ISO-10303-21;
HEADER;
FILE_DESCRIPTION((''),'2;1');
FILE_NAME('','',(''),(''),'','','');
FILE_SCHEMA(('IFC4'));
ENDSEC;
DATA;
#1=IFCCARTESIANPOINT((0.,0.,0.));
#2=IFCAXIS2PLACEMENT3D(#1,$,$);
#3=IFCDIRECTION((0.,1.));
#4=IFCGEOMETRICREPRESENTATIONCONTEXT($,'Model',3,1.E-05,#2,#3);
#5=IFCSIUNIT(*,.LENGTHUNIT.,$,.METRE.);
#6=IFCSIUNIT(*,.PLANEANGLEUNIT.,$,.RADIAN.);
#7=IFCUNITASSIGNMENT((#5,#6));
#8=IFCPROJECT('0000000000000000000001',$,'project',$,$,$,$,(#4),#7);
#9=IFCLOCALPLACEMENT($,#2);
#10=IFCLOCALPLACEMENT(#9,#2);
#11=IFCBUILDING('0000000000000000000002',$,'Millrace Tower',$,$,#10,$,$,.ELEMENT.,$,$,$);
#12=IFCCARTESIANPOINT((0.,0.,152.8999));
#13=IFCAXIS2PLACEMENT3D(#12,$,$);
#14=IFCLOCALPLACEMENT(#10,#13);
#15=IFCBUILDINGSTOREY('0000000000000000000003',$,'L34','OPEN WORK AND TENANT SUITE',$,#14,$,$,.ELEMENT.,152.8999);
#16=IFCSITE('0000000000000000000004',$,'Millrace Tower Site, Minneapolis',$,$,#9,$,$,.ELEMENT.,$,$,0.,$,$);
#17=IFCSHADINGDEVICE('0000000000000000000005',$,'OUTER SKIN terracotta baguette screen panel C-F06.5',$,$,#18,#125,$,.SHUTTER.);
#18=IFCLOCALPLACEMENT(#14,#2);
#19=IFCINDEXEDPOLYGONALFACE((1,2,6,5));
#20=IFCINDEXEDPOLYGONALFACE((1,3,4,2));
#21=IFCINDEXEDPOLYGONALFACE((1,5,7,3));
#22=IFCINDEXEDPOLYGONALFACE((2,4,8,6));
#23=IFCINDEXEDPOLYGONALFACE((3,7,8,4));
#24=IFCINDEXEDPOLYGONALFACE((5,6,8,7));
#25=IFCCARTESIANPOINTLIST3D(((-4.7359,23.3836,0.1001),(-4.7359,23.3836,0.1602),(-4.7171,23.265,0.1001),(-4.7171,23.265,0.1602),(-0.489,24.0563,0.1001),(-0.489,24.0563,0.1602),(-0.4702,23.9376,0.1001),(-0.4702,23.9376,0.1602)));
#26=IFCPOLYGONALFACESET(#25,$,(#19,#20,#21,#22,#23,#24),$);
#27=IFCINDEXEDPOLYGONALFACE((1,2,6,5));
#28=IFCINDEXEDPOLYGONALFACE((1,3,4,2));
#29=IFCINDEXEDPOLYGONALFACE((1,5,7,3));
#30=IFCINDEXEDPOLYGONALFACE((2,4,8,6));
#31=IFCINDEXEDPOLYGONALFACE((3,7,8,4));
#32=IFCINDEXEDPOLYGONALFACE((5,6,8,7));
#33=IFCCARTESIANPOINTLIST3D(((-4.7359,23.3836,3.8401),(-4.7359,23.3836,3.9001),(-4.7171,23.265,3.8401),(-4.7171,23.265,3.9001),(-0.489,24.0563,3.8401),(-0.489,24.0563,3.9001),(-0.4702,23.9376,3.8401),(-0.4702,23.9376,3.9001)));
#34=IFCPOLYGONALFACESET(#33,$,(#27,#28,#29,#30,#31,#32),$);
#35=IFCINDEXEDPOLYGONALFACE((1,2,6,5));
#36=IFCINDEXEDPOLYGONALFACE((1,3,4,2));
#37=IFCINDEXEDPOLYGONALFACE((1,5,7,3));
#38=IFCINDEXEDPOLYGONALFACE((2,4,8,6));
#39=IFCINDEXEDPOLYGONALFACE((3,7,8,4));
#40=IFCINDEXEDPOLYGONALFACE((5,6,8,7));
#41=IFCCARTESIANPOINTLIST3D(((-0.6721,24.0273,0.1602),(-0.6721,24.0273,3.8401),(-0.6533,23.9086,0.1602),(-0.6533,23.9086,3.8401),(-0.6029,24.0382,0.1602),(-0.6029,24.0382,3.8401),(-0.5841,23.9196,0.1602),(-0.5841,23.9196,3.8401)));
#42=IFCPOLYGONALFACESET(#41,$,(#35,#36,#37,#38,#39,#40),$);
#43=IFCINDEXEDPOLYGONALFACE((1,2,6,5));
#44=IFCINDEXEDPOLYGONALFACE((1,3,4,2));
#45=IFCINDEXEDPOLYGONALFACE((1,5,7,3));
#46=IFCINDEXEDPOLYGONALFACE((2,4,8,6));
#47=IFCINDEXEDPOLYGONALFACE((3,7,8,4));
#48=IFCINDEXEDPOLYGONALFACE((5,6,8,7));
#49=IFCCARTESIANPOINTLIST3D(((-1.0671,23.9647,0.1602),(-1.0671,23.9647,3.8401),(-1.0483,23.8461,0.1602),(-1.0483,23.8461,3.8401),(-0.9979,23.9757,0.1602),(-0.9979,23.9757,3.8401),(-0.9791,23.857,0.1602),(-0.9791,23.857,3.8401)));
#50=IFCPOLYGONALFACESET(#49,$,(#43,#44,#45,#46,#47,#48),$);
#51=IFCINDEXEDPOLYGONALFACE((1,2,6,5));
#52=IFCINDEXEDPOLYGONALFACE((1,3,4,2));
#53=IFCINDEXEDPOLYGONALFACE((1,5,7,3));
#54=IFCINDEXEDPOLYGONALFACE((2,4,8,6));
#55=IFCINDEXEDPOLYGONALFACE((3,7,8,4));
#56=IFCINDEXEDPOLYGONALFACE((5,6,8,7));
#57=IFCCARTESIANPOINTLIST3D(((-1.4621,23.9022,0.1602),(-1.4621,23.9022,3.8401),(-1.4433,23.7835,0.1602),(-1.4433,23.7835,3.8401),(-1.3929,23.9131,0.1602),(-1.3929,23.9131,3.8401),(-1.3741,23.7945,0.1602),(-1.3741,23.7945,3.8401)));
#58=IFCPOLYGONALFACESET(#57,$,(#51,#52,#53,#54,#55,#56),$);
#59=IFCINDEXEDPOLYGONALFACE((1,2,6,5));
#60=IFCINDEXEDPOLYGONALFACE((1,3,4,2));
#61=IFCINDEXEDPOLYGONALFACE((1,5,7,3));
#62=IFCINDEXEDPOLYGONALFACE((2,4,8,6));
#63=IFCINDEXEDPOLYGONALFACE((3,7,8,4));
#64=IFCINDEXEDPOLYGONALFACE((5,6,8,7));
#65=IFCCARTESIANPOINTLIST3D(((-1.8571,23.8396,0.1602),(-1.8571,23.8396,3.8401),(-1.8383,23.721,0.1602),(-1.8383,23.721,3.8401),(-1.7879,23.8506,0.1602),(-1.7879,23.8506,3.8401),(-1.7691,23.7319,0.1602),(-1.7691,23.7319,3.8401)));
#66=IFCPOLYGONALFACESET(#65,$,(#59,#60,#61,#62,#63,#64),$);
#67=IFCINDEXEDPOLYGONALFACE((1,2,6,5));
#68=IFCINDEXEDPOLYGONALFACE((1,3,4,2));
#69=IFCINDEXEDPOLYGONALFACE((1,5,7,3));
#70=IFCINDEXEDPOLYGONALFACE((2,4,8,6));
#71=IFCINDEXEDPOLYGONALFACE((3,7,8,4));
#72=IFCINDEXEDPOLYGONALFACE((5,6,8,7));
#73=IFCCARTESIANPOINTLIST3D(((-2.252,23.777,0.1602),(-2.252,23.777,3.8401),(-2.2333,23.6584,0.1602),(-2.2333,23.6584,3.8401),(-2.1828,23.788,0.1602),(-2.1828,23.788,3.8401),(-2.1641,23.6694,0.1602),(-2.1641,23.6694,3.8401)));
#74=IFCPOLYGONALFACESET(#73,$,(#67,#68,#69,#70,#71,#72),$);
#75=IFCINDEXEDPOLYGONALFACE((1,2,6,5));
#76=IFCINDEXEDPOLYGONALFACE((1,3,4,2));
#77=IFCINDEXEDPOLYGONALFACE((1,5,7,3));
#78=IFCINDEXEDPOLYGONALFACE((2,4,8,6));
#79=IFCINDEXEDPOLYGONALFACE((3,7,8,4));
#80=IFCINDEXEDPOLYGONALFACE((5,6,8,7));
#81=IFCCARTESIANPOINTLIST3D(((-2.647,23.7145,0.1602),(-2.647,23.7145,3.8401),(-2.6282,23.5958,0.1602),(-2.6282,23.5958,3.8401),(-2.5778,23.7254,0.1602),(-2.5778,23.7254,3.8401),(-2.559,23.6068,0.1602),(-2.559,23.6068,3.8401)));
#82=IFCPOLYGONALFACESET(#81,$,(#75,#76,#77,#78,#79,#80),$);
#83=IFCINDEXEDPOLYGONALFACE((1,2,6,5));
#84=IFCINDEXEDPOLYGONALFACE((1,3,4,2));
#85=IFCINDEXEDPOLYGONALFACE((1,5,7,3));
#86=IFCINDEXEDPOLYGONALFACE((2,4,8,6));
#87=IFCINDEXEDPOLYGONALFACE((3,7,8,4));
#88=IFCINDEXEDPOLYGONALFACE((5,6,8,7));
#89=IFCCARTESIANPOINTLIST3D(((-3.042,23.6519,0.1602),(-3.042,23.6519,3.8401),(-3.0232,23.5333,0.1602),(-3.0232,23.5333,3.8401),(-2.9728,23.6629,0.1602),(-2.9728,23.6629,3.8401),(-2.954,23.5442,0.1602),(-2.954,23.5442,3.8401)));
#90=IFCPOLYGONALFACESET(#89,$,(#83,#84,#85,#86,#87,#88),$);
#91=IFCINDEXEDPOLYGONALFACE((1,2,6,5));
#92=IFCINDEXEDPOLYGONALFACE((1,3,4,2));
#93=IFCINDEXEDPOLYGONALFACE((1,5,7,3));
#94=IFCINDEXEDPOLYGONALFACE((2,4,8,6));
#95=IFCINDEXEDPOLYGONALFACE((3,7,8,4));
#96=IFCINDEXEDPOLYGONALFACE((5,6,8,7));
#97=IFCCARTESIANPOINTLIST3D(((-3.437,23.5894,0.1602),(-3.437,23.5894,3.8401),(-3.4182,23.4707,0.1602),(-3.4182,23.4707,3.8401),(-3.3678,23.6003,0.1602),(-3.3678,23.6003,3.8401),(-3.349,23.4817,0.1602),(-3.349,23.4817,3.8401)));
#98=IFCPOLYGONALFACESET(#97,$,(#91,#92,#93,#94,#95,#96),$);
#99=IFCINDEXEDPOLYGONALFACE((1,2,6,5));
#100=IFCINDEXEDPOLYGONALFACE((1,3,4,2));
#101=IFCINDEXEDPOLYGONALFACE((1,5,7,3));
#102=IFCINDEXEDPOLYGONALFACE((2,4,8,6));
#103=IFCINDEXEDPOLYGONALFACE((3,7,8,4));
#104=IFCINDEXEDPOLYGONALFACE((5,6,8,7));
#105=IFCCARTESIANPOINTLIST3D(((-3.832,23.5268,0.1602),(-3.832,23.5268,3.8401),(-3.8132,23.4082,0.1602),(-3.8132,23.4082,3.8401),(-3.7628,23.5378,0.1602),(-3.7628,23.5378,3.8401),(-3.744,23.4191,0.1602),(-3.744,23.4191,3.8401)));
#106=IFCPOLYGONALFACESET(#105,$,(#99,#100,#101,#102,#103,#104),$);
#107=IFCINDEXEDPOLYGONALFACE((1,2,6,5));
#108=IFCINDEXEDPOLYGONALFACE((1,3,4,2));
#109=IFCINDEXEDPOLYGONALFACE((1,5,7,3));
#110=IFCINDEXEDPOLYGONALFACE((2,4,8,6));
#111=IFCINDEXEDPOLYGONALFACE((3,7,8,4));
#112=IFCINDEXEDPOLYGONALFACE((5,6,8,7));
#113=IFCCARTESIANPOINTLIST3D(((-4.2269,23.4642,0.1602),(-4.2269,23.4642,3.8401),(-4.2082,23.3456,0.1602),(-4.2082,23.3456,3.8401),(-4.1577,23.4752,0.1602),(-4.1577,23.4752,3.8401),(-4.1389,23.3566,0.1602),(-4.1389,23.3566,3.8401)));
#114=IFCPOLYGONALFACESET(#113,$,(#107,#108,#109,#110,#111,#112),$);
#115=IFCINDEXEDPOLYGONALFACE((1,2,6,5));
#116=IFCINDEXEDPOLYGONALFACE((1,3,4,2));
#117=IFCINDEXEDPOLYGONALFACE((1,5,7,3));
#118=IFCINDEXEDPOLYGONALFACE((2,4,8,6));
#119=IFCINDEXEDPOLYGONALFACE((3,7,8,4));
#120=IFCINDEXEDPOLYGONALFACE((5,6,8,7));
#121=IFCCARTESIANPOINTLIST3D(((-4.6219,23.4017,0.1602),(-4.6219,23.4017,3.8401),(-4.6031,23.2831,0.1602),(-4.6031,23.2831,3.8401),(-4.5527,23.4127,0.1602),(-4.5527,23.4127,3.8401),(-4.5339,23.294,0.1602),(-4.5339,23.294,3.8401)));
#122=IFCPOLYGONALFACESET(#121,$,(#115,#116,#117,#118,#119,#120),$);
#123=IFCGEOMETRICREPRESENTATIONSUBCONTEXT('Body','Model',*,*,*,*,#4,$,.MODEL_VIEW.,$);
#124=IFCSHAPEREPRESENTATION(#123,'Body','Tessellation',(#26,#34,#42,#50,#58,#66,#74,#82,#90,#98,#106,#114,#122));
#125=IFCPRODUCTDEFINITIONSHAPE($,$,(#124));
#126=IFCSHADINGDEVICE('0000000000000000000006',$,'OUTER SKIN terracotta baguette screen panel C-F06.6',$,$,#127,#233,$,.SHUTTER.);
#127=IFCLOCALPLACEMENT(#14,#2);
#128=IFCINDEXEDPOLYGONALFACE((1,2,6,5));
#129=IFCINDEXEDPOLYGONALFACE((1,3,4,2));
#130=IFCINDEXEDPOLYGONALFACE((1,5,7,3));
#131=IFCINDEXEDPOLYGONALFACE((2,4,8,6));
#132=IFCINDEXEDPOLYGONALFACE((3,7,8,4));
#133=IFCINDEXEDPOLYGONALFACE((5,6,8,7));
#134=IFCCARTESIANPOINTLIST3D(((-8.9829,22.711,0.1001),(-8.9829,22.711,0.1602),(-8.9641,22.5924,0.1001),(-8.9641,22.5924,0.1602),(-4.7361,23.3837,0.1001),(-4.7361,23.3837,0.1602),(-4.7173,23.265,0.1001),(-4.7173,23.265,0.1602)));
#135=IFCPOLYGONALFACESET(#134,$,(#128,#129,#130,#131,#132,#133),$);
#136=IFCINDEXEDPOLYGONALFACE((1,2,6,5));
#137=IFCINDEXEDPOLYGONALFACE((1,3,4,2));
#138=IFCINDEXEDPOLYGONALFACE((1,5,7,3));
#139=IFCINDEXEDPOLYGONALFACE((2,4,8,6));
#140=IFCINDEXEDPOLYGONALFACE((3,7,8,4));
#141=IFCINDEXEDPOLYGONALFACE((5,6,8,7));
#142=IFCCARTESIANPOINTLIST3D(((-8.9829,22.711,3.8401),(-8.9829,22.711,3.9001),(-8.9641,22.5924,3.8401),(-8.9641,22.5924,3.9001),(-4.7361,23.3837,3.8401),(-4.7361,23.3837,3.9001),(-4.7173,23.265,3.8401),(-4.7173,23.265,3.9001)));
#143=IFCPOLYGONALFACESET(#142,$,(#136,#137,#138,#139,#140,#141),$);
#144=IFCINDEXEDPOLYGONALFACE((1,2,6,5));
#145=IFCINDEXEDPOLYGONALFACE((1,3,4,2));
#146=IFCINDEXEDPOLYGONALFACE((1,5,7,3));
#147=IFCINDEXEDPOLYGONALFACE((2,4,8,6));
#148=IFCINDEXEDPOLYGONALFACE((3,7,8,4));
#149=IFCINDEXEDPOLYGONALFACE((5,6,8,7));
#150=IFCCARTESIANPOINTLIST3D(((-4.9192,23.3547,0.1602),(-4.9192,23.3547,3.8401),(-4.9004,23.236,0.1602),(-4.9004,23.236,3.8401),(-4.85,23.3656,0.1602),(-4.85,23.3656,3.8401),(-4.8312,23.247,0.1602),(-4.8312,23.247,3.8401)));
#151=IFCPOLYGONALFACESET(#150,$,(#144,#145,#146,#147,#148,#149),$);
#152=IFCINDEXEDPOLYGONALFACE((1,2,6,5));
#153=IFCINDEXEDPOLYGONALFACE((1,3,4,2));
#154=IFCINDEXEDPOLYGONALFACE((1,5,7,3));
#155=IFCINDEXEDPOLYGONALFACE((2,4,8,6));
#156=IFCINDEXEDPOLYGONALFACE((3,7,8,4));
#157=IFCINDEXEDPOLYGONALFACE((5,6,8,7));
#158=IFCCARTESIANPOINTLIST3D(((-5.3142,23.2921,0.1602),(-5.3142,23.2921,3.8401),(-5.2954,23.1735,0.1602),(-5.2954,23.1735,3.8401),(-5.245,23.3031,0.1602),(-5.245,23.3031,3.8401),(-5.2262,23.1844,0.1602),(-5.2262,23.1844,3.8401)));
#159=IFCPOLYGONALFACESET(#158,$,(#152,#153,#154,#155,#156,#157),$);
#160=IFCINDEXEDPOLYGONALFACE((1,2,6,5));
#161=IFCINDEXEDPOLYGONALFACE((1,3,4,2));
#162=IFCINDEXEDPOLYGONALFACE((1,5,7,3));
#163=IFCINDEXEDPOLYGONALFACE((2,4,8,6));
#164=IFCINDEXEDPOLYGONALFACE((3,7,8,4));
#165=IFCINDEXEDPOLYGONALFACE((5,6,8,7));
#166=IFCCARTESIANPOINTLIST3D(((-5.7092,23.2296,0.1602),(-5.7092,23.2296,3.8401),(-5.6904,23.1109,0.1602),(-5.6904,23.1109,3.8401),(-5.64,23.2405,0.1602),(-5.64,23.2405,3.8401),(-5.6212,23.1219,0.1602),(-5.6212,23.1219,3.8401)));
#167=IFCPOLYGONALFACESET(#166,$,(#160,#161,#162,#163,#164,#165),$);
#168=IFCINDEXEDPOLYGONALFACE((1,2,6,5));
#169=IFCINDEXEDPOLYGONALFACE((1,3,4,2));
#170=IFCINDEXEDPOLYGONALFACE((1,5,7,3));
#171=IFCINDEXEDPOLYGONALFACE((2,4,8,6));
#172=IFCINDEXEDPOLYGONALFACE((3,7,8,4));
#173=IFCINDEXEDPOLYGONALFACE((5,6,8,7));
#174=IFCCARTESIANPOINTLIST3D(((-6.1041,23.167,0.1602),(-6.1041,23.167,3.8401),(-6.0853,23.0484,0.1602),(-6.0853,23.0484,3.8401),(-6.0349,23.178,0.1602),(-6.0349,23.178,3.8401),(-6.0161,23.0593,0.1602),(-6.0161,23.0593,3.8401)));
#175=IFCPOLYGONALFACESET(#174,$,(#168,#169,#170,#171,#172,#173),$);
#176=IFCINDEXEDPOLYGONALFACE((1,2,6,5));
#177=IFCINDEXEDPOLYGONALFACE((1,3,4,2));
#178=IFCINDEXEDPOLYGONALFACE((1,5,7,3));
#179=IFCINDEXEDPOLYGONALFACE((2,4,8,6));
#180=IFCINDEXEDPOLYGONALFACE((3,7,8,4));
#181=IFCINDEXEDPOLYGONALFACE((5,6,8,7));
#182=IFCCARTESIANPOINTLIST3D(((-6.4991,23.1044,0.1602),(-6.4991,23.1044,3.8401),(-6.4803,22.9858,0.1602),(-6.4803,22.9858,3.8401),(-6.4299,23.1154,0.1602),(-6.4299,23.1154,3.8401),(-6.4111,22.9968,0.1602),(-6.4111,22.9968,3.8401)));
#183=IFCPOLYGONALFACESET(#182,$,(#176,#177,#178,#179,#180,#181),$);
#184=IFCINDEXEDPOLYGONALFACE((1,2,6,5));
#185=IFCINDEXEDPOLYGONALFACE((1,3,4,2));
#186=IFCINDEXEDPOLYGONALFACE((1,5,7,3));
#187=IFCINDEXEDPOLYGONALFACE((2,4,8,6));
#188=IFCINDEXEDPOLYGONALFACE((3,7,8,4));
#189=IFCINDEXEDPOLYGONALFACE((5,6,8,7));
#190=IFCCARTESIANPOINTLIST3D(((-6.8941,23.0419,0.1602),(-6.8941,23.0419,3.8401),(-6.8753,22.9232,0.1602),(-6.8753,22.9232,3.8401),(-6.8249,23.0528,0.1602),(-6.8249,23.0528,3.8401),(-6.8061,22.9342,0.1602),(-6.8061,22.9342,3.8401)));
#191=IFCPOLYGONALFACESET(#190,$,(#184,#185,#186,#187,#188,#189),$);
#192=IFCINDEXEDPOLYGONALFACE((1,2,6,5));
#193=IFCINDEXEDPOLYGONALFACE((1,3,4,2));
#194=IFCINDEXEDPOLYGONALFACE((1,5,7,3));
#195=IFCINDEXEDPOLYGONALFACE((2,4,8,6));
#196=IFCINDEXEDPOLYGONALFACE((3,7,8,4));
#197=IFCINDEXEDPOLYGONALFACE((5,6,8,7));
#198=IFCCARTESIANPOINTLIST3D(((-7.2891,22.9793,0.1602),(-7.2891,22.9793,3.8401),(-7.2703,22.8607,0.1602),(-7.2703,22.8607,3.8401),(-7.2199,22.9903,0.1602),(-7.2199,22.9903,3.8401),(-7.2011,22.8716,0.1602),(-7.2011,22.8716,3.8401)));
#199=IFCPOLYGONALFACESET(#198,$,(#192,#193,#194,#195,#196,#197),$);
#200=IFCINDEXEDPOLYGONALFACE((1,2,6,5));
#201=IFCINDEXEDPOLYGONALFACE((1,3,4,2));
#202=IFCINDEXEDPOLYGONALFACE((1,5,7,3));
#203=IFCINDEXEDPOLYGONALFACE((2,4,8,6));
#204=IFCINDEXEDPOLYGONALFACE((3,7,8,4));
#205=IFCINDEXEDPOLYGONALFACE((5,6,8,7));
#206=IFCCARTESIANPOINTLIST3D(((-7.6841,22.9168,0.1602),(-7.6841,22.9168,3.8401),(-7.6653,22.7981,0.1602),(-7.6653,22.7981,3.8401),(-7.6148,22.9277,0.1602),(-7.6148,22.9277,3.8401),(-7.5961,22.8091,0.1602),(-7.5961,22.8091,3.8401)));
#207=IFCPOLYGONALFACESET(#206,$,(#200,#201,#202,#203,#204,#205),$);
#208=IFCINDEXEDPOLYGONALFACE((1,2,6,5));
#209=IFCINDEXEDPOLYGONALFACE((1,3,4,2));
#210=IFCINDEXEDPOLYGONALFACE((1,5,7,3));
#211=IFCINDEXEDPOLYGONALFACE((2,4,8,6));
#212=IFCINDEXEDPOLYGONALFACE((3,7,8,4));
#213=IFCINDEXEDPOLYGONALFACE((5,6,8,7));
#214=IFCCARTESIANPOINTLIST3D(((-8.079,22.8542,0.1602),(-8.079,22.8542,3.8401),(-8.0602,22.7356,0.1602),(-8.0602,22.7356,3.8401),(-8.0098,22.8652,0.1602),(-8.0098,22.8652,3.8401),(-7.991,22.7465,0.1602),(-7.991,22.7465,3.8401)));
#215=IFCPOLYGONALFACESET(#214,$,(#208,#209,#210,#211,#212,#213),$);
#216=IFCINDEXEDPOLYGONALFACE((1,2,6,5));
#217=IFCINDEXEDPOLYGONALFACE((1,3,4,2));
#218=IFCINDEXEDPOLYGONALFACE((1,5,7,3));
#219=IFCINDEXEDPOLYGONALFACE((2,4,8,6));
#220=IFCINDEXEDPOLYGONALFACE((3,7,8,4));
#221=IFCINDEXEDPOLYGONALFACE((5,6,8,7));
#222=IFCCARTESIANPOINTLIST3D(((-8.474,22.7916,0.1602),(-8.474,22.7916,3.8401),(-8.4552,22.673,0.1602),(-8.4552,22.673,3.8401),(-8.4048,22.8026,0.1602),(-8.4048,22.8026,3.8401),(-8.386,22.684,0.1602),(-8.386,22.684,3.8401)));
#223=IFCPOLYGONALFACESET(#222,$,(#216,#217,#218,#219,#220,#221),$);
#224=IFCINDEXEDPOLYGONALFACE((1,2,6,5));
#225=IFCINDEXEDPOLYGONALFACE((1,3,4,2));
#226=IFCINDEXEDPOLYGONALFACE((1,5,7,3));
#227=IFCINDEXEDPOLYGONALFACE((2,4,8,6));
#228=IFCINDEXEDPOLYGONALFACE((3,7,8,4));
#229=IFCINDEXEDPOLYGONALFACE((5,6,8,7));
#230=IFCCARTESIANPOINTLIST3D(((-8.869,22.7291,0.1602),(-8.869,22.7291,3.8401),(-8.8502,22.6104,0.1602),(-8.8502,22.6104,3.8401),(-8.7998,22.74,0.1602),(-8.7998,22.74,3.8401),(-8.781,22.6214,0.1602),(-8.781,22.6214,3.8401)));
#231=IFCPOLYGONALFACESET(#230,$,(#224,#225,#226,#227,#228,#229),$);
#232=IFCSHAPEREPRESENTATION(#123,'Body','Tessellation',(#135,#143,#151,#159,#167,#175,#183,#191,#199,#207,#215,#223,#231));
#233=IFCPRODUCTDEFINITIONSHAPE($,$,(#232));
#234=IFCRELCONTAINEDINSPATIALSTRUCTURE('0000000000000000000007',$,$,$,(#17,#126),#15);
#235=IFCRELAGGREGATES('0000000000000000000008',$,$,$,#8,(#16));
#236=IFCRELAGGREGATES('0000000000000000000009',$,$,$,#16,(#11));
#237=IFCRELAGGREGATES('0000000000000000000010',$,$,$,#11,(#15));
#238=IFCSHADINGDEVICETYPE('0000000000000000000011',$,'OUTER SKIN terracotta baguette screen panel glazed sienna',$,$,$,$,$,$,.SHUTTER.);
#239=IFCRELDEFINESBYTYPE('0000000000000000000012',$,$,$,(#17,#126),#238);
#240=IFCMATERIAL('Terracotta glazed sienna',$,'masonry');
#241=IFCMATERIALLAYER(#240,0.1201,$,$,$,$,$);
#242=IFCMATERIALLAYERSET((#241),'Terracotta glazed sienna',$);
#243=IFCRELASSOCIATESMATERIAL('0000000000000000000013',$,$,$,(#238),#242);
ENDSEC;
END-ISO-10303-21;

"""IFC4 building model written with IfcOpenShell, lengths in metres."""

from ifc_helpers import new_model, entity, si_unit, direction, frame, frame_2d, origin, origin_2d, place, context, subcontext, project, spatial, rectangle, extrude, source, transform, mapped, material, layer, layer_set, type_object, element, save


model = new_model("IFC4")

# Units and contexts
model_context = context("Model", 3, precision=1e-05, world=origin(), true_north=direction((0.0, 1.0)))
body_context = subcontext(model_context, "Body", "Model", "MODEL_VIEW")
ifc_project = project(units=[si_unit("LENGTHUNIT", "METRE"), si_unit("PLANEANGLEUNIT", "RADIAN")], contexts=[model_context])

# Site, building, storey
site_placement = place(None, origin())
site = spatial("IfcSite", under=ifc_project, at=site_placement, Name="Millrace Tower Site, Minneapolis", CompositionType="ELEMENT", RefElevation=0.0)
building_placement = place(site_placement, origin())
building = spatial("IfcBuilding", under=site, at=building_placement, Name="Millrace Tower", CompositionType="ELEMENT")
storey_placement = place(building_placement, frame((0.0, 0.0, 152.8999)))
storey = spatial("IfcBuildingStorey", under=building, at=storey_placement, Name="L34", Description="OPEN WORK AND TENANT SUITE", CompositionType="ELEMENT", Elevation=152.8999)

# Shading devices
ifc_material_1 = material(Name="Terracotta glazed sienna", Category="masonry")
ifc_layer_1 = layer(ifc_material_1, 0.1201)
ifc_layer_set_1 = layer_set([ifc_layer_1], Name="Terracotta glazed sienna")
shading_device_type = type_object("IfcShadingDeviceType", Name="OUTER SKIN terracotta baguette screen panel glazed sienna", PredefinedType="SHUTTER", material=ifc_layer_set_1)
cartesian_point = entity("IfcCartesianPoint", [-2.1499, 0.0601])
shared_polyline = entity("IfcPolyline", [cartesian_point, entity("IfcCartesianPoint", [2.1499, 0.0601]), entity("IfcCartesianPoint", [2.1499, -0.0601]), entity("IfcCartesianPoint", [-2.1499, -0.0601]), cartesian_point])
shared_shape = source(origin(), body_context, "Body", "SweptSolid", [
    entity("IfcExtrudedAreaSolid", entity("IfcArbitraryClosedProfileDef", "AREA", None, shared_polyline), entity("IfcAxis2Placement3D", entity("IfcCartesianPoint", [0.0, 0.0, 0.0])), entity("IfcDirection", [0.0, 0.0, 1.0]), 0.0601),
    entity("IfcExtrudedAreaSolid", entity("IfcArbitraryClosedProfileDef", "AREA", None, shared_polyline), entity("IfcAxis2Placement3D", entity("IfcCartesianPoint", [0.0, 0.0, 3.74])), entity("IfcDirection", [0.0, 0.0, 1.0]), 0.0601),
    extrude(rectangle(XDim=0.0701, YDim=0.1201, at=frame_2d((-1.9995, 0.0))), frame((0.0, 0.0, 0.0601)), (0.0, 0.0, 1.0), 3.6799),
    extrude(rectangle(XDim=0.0701, YDim=0.1201, at=frame_2d((-1.5996, 0.0))), frame((0.0, 0.0, 0.0601)), (0.0, 0.0, 1.0), 3.6799),
    extrude(rectangle(XDim=0.0701, YDim=0.1201, at=frame_2d((-1.1997, 0.0))), frame((0.0, 0.0, 0.0601)), (0.0, 0.0, 1.0), 3.6799),
    extrude(rectangle(XDim=0.0701, YDim=0.1201, at=frame_2d((-0.7998, 0.0))), frame((0.0, 0.0, 0.0601)), (0.0, 0.0, 1.0), 3.6799),
    extrude(rectangle(XDim=0.0701, YDim=0.1201, at=frame_2d((-0.3999, 0.0))), frame((0.0, 0.0, 0.0601)), (0.0, 0.0, 1.0), 3.6799),
    extrude(rectangle(XDim=0.0701, YDim=0.1201, at=origin_2d()), frame((0.0, 0.0, 0.0601)), (0.0, 0.0, 1.0), 3.6799),
    extrude(rectangle(XDim=0.0701, YDim=0.1201, at=frame_2d((0.3999, 0.0))), frame((0.0, 0.0, 0.0601)), (0.0, 0.0, 1.0), 3.6799),
    extrude(rectangle(XDim=0.0701, YDim=0.1201, at=frame_2d((0.7998, 0.0))), frame((0.0, 0.0, 0.0601)), (0.0, 0.0, 1.0), 3.6799),
    extrude(rectangle(XDim=0.0701, YDim=0.1201, at=frame_2d((1.1997, 0.0))), frame((0.0, 0.0, 0.0601)), (0.0, 0.0, 1.0), 3.6799),
    extrude(rectangle(XDim=0.0701, YDim=0.1201, at=frame_2d((1.5996, 0.0))), frame((0.0, 0.0, 0.0601)), (0.0, 0.0, 1.0), 3.6799),
    extrude(rectangle(XDim=0.0701, YDim=0.1201, at=frame_2d((1.9995, 0.0))), frame((0.0, 0.0, 0.0601)), (0.0, 0.0, 1.0), 3.6799),
])
for number, where, z_axis, x_axis, name in (
    (1, (-2.603, 23.6606, 0.1001), (0.0, 0.0, 1.0), (-0.987688, -0.156434, 0.0), "OUTER SKIN terracotta baguette screen panel C-F06.5"),
    (2, (-6.8501, 22.988, 0.1001), (0.0, 0.0, 1.0), (-0.987688, -0.156434, 0.0), "OUTER SKIN terracotta baguette screen panel C-F06.6"),
):
    element("IfcShadingDevice", number, at=place(storey_placement, frame(where, z_axis=z_axis, x_axis=x_axis)), inside=storey, type_object=shading_device_type, Name=name, PredefinedType="SHUTTER", context=body_context, shape_type="MappedRepresentation", body=[
        mapped(shared_shape, transform((0.0, 0.0, 0.0), scale=1.0)),
    ])

save(model, "model.ifc")
